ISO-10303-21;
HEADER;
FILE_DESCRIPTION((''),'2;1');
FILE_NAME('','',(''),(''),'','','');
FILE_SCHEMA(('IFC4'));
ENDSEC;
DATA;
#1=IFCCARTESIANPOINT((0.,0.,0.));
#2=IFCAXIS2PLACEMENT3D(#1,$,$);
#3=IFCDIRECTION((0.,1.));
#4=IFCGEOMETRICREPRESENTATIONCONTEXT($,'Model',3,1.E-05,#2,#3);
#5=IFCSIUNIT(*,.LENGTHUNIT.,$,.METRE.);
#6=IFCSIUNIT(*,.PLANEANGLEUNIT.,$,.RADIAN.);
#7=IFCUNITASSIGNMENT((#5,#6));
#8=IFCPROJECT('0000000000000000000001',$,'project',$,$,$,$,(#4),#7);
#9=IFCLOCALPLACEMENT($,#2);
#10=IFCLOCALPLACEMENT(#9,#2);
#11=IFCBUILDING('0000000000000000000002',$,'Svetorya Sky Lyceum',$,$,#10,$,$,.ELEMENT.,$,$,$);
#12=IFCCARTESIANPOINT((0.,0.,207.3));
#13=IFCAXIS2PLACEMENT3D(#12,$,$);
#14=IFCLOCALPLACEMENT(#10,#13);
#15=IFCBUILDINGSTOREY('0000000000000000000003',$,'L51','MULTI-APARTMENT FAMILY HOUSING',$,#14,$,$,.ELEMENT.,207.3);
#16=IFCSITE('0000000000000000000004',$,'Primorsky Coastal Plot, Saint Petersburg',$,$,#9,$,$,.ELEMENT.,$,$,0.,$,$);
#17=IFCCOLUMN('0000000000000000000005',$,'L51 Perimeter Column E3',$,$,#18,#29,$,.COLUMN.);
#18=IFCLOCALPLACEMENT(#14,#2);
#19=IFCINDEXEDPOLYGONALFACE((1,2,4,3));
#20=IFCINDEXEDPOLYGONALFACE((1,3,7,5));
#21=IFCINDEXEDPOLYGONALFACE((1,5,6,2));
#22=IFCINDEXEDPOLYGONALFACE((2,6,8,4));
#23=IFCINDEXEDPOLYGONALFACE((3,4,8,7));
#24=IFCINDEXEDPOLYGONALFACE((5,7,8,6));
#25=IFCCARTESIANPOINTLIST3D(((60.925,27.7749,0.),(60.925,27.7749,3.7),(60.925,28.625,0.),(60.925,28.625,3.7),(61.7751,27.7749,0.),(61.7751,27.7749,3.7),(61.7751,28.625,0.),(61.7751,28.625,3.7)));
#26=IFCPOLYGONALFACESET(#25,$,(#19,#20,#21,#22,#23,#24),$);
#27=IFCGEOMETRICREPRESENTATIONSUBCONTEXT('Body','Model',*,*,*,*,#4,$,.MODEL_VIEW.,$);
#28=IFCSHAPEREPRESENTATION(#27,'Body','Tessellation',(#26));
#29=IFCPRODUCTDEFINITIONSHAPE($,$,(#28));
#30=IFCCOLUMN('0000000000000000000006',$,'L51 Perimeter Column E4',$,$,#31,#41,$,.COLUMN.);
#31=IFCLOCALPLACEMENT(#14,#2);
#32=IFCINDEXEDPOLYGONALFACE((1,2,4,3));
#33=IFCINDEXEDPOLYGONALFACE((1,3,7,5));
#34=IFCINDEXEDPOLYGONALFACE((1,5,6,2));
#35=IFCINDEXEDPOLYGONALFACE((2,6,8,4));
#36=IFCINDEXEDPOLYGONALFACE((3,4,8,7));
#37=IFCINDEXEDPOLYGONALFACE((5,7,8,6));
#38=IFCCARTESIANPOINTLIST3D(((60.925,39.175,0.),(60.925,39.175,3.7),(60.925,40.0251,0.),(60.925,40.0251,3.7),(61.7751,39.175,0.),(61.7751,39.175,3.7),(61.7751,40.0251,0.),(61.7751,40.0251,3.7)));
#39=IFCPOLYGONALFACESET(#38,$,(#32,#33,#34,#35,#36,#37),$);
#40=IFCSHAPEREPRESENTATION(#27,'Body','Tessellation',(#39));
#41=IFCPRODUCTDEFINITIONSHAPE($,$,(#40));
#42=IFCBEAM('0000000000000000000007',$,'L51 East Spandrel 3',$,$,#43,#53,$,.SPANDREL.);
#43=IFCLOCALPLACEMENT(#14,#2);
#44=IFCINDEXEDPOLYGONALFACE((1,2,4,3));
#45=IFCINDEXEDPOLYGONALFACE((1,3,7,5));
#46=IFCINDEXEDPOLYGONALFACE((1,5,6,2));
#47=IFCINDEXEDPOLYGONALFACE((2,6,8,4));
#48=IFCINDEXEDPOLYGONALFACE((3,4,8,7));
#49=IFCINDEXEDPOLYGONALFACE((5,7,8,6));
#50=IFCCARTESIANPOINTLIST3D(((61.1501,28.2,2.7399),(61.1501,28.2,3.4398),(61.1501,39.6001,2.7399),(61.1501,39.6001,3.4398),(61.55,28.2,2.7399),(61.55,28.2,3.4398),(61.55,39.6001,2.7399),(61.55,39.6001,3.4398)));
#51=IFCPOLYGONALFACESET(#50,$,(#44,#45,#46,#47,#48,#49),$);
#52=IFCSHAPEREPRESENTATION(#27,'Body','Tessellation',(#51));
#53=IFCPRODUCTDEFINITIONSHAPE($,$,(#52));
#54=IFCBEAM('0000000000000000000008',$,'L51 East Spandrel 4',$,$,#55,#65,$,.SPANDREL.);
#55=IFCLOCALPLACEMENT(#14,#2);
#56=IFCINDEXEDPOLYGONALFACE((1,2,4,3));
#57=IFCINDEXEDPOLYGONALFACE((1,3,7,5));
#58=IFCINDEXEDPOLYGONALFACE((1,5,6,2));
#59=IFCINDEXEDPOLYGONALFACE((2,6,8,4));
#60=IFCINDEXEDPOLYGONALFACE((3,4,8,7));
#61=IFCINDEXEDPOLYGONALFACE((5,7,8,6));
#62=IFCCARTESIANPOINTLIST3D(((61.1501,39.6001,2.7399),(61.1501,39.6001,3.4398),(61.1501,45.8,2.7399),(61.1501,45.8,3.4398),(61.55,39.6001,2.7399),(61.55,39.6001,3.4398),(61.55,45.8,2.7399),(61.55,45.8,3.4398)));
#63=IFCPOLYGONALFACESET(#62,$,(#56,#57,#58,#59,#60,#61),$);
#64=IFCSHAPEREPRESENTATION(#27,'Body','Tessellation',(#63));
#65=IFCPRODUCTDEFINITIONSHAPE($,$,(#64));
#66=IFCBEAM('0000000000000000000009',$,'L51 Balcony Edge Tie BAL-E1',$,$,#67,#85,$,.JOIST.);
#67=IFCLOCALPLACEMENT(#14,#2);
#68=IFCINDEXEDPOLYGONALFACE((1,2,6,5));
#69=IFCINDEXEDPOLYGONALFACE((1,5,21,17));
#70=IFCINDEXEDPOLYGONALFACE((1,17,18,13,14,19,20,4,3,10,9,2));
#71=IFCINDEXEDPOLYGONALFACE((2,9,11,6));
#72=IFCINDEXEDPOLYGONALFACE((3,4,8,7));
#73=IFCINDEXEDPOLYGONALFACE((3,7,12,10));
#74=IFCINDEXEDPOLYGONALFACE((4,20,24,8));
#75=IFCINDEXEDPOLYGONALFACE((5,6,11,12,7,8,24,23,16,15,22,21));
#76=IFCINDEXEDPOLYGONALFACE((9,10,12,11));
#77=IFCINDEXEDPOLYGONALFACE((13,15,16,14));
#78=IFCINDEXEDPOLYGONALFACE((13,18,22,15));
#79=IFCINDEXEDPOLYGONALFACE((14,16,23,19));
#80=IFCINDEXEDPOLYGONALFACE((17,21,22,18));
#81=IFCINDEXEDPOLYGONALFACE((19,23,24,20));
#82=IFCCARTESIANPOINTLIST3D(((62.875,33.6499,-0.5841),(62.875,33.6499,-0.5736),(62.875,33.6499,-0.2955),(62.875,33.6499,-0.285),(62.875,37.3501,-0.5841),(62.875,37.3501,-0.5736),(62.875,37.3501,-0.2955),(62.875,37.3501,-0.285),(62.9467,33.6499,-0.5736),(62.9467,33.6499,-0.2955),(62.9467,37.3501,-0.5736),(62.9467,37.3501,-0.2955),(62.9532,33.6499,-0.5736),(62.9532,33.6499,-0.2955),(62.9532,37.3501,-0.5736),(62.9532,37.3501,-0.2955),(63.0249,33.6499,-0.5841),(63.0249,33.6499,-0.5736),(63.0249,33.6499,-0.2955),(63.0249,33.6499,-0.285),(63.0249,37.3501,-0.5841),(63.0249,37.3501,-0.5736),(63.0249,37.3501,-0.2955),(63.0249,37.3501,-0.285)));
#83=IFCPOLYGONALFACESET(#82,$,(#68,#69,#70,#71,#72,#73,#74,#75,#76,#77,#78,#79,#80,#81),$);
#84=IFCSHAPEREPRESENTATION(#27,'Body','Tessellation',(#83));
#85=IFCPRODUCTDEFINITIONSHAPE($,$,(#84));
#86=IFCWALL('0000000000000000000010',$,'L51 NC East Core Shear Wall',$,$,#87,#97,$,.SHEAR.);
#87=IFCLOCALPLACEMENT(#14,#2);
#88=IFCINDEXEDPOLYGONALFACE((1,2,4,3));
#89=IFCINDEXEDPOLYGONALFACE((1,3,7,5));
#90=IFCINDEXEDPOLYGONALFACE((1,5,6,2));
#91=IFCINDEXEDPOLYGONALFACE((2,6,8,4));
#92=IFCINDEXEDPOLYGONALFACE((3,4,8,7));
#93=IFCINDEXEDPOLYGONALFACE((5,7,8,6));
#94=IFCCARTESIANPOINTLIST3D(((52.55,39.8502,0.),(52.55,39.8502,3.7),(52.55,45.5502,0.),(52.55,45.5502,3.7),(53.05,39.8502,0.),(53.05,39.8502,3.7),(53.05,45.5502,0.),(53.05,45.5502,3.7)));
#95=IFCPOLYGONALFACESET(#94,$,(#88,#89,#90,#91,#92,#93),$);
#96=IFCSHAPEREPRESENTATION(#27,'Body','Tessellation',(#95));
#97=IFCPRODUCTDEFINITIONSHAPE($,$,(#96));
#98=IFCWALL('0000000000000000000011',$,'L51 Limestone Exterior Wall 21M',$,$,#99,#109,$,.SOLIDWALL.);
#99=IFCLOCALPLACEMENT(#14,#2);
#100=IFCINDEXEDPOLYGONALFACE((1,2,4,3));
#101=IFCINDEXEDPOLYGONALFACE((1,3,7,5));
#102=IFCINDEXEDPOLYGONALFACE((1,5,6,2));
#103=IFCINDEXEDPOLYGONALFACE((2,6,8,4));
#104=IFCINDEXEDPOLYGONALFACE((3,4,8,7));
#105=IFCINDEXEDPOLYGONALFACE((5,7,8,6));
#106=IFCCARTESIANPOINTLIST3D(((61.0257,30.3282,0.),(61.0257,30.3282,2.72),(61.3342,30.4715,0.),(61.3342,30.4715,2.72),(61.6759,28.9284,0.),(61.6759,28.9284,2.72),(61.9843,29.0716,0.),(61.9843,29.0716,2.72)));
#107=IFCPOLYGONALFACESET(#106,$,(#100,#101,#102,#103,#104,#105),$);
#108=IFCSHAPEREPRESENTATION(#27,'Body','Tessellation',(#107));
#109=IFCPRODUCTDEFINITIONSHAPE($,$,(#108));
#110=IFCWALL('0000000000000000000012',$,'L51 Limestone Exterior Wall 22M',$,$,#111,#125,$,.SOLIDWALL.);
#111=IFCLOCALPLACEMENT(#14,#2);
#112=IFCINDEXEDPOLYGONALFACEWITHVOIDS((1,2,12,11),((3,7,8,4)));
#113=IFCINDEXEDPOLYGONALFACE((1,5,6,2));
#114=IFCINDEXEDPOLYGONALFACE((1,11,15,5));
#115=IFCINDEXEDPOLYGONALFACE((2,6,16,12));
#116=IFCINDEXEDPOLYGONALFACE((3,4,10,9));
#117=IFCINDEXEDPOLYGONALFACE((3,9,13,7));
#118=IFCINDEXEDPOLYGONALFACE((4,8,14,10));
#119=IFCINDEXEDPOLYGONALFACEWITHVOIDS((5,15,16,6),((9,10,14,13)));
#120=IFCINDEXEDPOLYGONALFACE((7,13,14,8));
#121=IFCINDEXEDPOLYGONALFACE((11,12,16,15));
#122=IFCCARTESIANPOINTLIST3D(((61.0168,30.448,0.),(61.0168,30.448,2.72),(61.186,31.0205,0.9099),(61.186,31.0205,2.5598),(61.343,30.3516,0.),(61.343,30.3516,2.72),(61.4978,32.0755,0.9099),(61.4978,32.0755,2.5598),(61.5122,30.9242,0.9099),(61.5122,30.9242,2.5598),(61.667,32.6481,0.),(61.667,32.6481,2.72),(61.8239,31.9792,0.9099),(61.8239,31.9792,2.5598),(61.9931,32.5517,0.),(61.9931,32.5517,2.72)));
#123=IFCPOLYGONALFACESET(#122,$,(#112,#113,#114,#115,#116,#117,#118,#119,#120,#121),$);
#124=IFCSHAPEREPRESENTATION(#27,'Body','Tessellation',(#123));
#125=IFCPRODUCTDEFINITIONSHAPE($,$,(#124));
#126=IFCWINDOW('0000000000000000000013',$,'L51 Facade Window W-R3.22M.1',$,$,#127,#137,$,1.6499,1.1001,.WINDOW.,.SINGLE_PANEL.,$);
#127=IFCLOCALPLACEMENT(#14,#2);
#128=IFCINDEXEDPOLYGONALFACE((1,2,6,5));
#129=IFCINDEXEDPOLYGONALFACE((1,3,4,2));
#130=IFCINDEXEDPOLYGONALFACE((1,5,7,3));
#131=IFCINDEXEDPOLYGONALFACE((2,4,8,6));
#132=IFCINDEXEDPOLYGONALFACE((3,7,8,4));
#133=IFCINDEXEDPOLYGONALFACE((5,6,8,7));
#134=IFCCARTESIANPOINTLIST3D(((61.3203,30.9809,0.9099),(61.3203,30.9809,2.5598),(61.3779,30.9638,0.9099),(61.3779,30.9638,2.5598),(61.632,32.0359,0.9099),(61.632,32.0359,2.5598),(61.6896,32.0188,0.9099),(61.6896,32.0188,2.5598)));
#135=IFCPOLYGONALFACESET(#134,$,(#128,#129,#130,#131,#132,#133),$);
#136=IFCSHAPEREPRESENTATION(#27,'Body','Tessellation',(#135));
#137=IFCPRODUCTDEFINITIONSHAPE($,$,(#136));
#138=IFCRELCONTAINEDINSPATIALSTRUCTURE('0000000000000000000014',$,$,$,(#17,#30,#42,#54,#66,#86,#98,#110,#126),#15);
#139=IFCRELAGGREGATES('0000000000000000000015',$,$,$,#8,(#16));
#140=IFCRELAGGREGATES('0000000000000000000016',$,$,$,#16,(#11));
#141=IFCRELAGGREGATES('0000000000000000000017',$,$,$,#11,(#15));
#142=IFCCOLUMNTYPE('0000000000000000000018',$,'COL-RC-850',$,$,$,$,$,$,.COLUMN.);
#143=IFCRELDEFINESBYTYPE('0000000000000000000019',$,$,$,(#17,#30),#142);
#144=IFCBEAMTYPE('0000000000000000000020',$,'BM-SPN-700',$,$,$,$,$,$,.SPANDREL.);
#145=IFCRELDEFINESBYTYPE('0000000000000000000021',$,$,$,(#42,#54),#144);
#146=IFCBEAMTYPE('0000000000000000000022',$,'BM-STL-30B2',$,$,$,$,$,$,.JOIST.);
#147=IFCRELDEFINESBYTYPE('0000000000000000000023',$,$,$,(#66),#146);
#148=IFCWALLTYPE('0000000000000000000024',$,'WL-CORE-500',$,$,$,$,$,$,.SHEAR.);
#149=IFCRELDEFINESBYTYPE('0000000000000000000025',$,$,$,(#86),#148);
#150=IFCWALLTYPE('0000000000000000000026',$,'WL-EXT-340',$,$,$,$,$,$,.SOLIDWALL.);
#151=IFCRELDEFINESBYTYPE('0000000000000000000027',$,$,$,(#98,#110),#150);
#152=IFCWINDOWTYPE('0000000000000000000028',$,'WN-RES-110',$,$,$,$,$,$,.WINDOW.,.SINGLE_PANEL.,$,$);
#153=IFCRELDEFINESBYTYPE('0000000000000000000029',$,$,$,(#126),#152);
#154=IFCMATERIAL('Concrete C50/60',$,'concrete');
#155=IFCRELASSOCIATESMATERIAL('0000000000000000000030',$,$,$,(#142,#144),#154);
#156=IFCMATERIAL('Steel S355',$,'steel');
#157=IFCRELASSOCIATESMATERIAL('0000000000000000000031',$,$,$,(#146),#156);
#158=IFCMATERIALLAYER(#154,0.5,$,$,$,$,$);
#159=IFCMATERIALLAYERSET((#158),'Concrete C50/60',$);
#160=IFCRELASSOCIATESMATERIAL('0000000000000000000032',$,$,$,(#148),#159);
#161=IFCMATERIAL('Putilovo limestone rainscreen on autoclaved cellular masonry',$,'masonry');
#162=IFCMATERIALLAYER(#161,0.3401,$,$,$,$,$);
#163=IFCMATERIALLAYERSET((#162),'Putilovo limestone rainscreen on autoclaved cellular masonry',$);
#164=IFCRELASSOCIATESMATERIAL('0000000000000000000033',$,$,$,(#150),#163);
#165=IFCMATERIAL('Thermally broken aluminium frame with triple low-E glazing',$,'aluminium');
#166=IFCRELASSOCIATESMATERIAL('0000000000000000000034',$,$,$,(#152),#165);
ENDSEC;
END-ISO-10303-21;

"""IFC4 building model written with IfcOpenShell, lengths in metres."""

from ifc_helpers import new_model, si_unit, direction, frame, frame_2d, origin, origin_2d, place, context, subcontext, project, spatial, rectangle, i_section, extrude, material, layer, layer_set, material_profile, profile_set, type_object, element, fill, save


model = new_model("IFC4")

# Units and contexts
model_context = context("Model", 3, precision=1e-05, world=origin(), true_north=direction((0.0, 1.0)))
body_context = subcontext(model_context, "Body", "Model", "MODEL_VIEW")
ifc_project = project(units=[si_unit("LENGTHUNIT", "METRE"), si_unit("PLANEANGLEUNIT", "RADIAN")], contexts=[model_context])

# Site, building, storey
site_placement = place(None, origin())
site = spatial("IfcSite", under=ifc_project, at=site_placement, Name="Primorsky Coastal Plot, Saint Petersburg", CompositionType="ELEMENT", RefElevation=0.0)
building_placement = place(site_placement, origin())
building = spatial("IfcBuilding", under=site, at=building_placement, Name="Svetorya Sky Lyceum", CompositionType="ELEMENT")
storey_placement = place(building_placement, frame((0.0, 0.0, 207.3)))
storey = spatial("IfcBuildingStorey", under=building, at=storey_placement, Name="L51", Description="MULTI-APARTMENT FAMILY HOUSING", CompositionType="ELEMENT", Elevation=207.3)

# Columns
ifc_material_1 = material(Name="Concrete C50/60", Category="concrete")
ifc_material_profile_1 = material_profile(ifc_material_1, rectangle(XDim=0.8501, YDim=0.8501, at=origin_2d()), Name="RC COL 850x850")
ifc_profile_set_1 = profile_set([ifc_material_profile_1], Name="Concrete C50/60")
column_type = type_object("IfcColumnType", Name="COL-RC-850", PredefinedType="COLUMN", material=ifc_profile_set_1)
for number, where, z_axis, x_axis, name in (
    (1, (61.3501, 28.2, 0.0), (0.0, 0.0, 1.0), (1.0, 0.0, 0.0), "L51 Perimeter Column E3"),
    (2, (61.3501, 39.6001, 0.0), (0.0, 0.0, 1.0), (1.0, 0.0, 0.0), "L51 Perimeter Column E4"),
):
    element("IfcColumn", number, at=place(storey_placement, frame(where, z_axis=z_axis, x_axis=x_axis)), inside=storey, type_object=column_type, Name=name, PredefinedType="COLUMN", context=body_context, shape_type="SweptSolid", body=[
        extrude(rectangle(XDim=0.8501, YDim=0.8501, at=origin_2d()), origin(), (0.0, 0.0, 1.0), 3.7),
    ])

# Beams
ifc_material_profile_2 = material_profile(ifc_material_1, rectangle(XDim=0.3999, YDim=0.7, at=origin_2d()), Name="RC SPANDREL 400x700")
ifc_profile_set_2 = profile_set([ifc_material_profile_2], Name="Concrete C50/60")
beam_type_1 = type_object("IfcBeamType", Name="BM-SPN-700", PredefinedType="SPANDREL", material=ifc_profile_set_2)
beam_1_placement = place(storey_placement, frame((61.3501, 28.2, 3.0898), z_axis=(0.0, 1.0, 0.0), x_axis=(-1.0, 0.0, 0.0)))
element("IfcBeam", 3, at=beam_1_placement, inside=storey, type_object=beam_type_1, Name="L51 East Spandrel 3", PredefinedType="SPANDREL", context=body_context, shape_type="SweptSolid", body=[
    extrude(rectangle(XDim=0.3999, YDim=0.7, at=origin_2d()), origin(), (0.0, 0.0, 1.0), 11.4001),
])
beam_2_placement = place(storey_placement, frame((61.3501, 39.6001, 3.0898), z_axis=(0.0, 1.0, 0.0), x_axis=(-1.0, 0.0, 0.0)))
element("IfcBeam", 4, at=beam_2_placement, inside=storey, type_object=beam_type_1, Name="L51 East Spandrel 4", PredefinedType="SPANDREL", context=body_context, shape_type="SweptSolid", body=[
    extrude(rectangle(XDim=0.3999, YDim=0.7, at=origin_2d()), origin(), (0.0, 0.0, 1.0), 6.2),
])
ifc_material_2 = material(Name="Steel S355", Category="steel")
ifc_material_profile_3 = material_profile(ifc_material_2, i_section(OverallWidth=0.1499, OverallDepth=0.2991, WebThickness=0.0066, FlangeThickness=0.0105, at=origin_2d()), Name="GOST 30B2")
ifc_profile_set_3 = profile_set([ifc_material_profile_3], Name="Steel S355")
beam_type_2 = type_object("IfcBeamType", Name="BM-STL-30B2", PredefinedType="JOIST", material=ifc_profile_set_3)
beam_3_placement = place(storey_placement, frame((62.95, 33.6499, -0.4346), z_axis=(0.0, 1.0, 0.0), x_axis=(-1.0, 0.0, 0.0)))
element("IfcBeam", 5, at=beam_3_placement, inside=storey, type_object=beam_type_2, Name="L51 Balcony Edge Tie BAL-E1", PredefinedType="JOIST", context=body_context, shape_type="SweptSolid", body=[
    extrude(i_section(OverallWidth=0.1499, OverallDepth=0.2991, WebThickness=0.0066, FlangeThickness=0.0105, at=origin_2d()), origin(), (0.0, 0.0, 1.0), 3.7002),
])

# Walls
ifc_layer_1 = layer(ifc_material_1, 0.5)
ifc_layer_set_1 = layer_set([ifc_layer_1], Name="Concrete C50/60")
wall_type_1 = type_object("IfcWallType", Name="WL-CORE-500", PredefinedType="SHEAR", material=ifc_layer_set_1)
wall_1_placement = place(storey_placement, frame((52.8, 39.8501, 0.0), z_axis=(0.0, 0.0, 1.0), x_axis=(0.0, 1.0, 0.0)))
element("IfcWall", 6, at=wall_1_placement, inside=storey, type_object=wall_type_1, Name="L51 NC East Core Shear Wall", PredefinedType="SHEAR", context=body_context, shape_type="SweptSolid", body=[
    extrude(rectangle(XDim=5.7, YDim=0.5, at=frame_2d((2.8501, 0.0))), origin(), (0.0, 0.0, 1.0), 3.7),
])
ifc_material_3 = material(Name="Putilovo limestone rainscreen on autoclaved cellular masonry", Category="masonry")
ifc_layer_2 = layer(ifc_material_3, 0.3401)
ifc_layer_set_2 = layer_set([ifc_layer_2], Name="Putilovo limestone rainscreen on autoclaved cellular masonry")
wall_type_2 = type_object("IfcWallType", Name="WL-EXT-340", PredefinedType="SOLIDWALL", material=ifc_layer_set_2)
wall_2_placement = place(storey_placement, frame((61.8301, 29.0, 0.0), z_axis=(0.0, 0.0, 1.0), x_axis=(-0.421214, 0.906961, 0.0)))
element("IfcWall", 7, at=wall_2_placement, inside=storey, type_object=wall_type_2, Name="L51 Limestone Exterior Wall 21M", PredefinedType="SOLIDWALL", context=body_context, shape_type="SweptSolid", body=[
    extrude(rectangle(XDim=1.5435, YDim=0.3401, at=frame_2d((0.7717, 0.0))), origin(), (0.0, 0.0, 1.0), 2.72),
])

# Wall, opening, window
wall_3_placement = place(storey_placement, frame((61.1799, 30.3999, 0.0), z_axis=(0.0, 0.0, 1.0), x_axis=(0.283382, 0.959007, 0.0)))
wall_3 = element("IfcWall", 8, at=wall_3_placement, inside=storey, type_object=wall_type_2, Name="L51 Limestone Exterior Wall 22M", PredefinedType="SOLIDWALL", context=body_context, shape_type="SweptSolid", body=[
    extrude(rectangle(XDim=2.2942, YDim=0.3401, at=frame_2d((1.147, 0.0))), origin(), (0.0, 0.0, 1.0), 2.72),
])
opening_1_placement = place(wall_3_placement, frame((0.5969, 0.0, 0.9099)))
opening_1 = element("IfcOpeningElement", 9, at=opening_1_placement, cuts=wall_3, PredefinedType="OPENING", context=body_context, shape_type="SweptSolid", body=[
    extrude(rectangle(XDim=1.1001, YDim=1.6499, at=frame_2d((0.55, 0.825))), frame((0.0, 0.1799, 0.0), z_axis=(0.0, -1.0, 0.0), x_axis=(1.0, 0.0, 0.0)), (0.0, 0.0, 1.0), 0.3601),
])
ifc_material_4 = material(Name="Thermally broken aluminium frame with triple low-E glazing", Category="aluminium")
window_type_1 = type_object("IfcWindowType", Name="WN-RES-110", PartitioningType="SINGLE_PANEL", PredefinedType="WINDOW", material=ifc_material_4)
window_1_placement = place(opening_1_placement, origin())
window_1 = element("IfcWindow", 10, at=window_1_placement, inside=storey, type_object=window_type_1, Name="L51 Facade Window W-R3.22M.1", OverallHeight=1.6499, OverallWidth=1.1001, PartitioningType="SINGLE_PANEL", PredefinedType="WINDOW", context=body_context, shape_type="SweptSolid", body=[
    extrude(rectangle(XDim=1.1001, YDim=1.6499, at=frame_2d((0.55, 0.825))), frame((0.0, 0.03, 0.0), z_axis=(0.0, -1.0, 0.0), x_axis=(1.0, 0.0, 0.0)), (0.0, 0.0, 1.0), 0.0601),
])
fill(opening_1, window_1)

save(model, "model.ifc")
